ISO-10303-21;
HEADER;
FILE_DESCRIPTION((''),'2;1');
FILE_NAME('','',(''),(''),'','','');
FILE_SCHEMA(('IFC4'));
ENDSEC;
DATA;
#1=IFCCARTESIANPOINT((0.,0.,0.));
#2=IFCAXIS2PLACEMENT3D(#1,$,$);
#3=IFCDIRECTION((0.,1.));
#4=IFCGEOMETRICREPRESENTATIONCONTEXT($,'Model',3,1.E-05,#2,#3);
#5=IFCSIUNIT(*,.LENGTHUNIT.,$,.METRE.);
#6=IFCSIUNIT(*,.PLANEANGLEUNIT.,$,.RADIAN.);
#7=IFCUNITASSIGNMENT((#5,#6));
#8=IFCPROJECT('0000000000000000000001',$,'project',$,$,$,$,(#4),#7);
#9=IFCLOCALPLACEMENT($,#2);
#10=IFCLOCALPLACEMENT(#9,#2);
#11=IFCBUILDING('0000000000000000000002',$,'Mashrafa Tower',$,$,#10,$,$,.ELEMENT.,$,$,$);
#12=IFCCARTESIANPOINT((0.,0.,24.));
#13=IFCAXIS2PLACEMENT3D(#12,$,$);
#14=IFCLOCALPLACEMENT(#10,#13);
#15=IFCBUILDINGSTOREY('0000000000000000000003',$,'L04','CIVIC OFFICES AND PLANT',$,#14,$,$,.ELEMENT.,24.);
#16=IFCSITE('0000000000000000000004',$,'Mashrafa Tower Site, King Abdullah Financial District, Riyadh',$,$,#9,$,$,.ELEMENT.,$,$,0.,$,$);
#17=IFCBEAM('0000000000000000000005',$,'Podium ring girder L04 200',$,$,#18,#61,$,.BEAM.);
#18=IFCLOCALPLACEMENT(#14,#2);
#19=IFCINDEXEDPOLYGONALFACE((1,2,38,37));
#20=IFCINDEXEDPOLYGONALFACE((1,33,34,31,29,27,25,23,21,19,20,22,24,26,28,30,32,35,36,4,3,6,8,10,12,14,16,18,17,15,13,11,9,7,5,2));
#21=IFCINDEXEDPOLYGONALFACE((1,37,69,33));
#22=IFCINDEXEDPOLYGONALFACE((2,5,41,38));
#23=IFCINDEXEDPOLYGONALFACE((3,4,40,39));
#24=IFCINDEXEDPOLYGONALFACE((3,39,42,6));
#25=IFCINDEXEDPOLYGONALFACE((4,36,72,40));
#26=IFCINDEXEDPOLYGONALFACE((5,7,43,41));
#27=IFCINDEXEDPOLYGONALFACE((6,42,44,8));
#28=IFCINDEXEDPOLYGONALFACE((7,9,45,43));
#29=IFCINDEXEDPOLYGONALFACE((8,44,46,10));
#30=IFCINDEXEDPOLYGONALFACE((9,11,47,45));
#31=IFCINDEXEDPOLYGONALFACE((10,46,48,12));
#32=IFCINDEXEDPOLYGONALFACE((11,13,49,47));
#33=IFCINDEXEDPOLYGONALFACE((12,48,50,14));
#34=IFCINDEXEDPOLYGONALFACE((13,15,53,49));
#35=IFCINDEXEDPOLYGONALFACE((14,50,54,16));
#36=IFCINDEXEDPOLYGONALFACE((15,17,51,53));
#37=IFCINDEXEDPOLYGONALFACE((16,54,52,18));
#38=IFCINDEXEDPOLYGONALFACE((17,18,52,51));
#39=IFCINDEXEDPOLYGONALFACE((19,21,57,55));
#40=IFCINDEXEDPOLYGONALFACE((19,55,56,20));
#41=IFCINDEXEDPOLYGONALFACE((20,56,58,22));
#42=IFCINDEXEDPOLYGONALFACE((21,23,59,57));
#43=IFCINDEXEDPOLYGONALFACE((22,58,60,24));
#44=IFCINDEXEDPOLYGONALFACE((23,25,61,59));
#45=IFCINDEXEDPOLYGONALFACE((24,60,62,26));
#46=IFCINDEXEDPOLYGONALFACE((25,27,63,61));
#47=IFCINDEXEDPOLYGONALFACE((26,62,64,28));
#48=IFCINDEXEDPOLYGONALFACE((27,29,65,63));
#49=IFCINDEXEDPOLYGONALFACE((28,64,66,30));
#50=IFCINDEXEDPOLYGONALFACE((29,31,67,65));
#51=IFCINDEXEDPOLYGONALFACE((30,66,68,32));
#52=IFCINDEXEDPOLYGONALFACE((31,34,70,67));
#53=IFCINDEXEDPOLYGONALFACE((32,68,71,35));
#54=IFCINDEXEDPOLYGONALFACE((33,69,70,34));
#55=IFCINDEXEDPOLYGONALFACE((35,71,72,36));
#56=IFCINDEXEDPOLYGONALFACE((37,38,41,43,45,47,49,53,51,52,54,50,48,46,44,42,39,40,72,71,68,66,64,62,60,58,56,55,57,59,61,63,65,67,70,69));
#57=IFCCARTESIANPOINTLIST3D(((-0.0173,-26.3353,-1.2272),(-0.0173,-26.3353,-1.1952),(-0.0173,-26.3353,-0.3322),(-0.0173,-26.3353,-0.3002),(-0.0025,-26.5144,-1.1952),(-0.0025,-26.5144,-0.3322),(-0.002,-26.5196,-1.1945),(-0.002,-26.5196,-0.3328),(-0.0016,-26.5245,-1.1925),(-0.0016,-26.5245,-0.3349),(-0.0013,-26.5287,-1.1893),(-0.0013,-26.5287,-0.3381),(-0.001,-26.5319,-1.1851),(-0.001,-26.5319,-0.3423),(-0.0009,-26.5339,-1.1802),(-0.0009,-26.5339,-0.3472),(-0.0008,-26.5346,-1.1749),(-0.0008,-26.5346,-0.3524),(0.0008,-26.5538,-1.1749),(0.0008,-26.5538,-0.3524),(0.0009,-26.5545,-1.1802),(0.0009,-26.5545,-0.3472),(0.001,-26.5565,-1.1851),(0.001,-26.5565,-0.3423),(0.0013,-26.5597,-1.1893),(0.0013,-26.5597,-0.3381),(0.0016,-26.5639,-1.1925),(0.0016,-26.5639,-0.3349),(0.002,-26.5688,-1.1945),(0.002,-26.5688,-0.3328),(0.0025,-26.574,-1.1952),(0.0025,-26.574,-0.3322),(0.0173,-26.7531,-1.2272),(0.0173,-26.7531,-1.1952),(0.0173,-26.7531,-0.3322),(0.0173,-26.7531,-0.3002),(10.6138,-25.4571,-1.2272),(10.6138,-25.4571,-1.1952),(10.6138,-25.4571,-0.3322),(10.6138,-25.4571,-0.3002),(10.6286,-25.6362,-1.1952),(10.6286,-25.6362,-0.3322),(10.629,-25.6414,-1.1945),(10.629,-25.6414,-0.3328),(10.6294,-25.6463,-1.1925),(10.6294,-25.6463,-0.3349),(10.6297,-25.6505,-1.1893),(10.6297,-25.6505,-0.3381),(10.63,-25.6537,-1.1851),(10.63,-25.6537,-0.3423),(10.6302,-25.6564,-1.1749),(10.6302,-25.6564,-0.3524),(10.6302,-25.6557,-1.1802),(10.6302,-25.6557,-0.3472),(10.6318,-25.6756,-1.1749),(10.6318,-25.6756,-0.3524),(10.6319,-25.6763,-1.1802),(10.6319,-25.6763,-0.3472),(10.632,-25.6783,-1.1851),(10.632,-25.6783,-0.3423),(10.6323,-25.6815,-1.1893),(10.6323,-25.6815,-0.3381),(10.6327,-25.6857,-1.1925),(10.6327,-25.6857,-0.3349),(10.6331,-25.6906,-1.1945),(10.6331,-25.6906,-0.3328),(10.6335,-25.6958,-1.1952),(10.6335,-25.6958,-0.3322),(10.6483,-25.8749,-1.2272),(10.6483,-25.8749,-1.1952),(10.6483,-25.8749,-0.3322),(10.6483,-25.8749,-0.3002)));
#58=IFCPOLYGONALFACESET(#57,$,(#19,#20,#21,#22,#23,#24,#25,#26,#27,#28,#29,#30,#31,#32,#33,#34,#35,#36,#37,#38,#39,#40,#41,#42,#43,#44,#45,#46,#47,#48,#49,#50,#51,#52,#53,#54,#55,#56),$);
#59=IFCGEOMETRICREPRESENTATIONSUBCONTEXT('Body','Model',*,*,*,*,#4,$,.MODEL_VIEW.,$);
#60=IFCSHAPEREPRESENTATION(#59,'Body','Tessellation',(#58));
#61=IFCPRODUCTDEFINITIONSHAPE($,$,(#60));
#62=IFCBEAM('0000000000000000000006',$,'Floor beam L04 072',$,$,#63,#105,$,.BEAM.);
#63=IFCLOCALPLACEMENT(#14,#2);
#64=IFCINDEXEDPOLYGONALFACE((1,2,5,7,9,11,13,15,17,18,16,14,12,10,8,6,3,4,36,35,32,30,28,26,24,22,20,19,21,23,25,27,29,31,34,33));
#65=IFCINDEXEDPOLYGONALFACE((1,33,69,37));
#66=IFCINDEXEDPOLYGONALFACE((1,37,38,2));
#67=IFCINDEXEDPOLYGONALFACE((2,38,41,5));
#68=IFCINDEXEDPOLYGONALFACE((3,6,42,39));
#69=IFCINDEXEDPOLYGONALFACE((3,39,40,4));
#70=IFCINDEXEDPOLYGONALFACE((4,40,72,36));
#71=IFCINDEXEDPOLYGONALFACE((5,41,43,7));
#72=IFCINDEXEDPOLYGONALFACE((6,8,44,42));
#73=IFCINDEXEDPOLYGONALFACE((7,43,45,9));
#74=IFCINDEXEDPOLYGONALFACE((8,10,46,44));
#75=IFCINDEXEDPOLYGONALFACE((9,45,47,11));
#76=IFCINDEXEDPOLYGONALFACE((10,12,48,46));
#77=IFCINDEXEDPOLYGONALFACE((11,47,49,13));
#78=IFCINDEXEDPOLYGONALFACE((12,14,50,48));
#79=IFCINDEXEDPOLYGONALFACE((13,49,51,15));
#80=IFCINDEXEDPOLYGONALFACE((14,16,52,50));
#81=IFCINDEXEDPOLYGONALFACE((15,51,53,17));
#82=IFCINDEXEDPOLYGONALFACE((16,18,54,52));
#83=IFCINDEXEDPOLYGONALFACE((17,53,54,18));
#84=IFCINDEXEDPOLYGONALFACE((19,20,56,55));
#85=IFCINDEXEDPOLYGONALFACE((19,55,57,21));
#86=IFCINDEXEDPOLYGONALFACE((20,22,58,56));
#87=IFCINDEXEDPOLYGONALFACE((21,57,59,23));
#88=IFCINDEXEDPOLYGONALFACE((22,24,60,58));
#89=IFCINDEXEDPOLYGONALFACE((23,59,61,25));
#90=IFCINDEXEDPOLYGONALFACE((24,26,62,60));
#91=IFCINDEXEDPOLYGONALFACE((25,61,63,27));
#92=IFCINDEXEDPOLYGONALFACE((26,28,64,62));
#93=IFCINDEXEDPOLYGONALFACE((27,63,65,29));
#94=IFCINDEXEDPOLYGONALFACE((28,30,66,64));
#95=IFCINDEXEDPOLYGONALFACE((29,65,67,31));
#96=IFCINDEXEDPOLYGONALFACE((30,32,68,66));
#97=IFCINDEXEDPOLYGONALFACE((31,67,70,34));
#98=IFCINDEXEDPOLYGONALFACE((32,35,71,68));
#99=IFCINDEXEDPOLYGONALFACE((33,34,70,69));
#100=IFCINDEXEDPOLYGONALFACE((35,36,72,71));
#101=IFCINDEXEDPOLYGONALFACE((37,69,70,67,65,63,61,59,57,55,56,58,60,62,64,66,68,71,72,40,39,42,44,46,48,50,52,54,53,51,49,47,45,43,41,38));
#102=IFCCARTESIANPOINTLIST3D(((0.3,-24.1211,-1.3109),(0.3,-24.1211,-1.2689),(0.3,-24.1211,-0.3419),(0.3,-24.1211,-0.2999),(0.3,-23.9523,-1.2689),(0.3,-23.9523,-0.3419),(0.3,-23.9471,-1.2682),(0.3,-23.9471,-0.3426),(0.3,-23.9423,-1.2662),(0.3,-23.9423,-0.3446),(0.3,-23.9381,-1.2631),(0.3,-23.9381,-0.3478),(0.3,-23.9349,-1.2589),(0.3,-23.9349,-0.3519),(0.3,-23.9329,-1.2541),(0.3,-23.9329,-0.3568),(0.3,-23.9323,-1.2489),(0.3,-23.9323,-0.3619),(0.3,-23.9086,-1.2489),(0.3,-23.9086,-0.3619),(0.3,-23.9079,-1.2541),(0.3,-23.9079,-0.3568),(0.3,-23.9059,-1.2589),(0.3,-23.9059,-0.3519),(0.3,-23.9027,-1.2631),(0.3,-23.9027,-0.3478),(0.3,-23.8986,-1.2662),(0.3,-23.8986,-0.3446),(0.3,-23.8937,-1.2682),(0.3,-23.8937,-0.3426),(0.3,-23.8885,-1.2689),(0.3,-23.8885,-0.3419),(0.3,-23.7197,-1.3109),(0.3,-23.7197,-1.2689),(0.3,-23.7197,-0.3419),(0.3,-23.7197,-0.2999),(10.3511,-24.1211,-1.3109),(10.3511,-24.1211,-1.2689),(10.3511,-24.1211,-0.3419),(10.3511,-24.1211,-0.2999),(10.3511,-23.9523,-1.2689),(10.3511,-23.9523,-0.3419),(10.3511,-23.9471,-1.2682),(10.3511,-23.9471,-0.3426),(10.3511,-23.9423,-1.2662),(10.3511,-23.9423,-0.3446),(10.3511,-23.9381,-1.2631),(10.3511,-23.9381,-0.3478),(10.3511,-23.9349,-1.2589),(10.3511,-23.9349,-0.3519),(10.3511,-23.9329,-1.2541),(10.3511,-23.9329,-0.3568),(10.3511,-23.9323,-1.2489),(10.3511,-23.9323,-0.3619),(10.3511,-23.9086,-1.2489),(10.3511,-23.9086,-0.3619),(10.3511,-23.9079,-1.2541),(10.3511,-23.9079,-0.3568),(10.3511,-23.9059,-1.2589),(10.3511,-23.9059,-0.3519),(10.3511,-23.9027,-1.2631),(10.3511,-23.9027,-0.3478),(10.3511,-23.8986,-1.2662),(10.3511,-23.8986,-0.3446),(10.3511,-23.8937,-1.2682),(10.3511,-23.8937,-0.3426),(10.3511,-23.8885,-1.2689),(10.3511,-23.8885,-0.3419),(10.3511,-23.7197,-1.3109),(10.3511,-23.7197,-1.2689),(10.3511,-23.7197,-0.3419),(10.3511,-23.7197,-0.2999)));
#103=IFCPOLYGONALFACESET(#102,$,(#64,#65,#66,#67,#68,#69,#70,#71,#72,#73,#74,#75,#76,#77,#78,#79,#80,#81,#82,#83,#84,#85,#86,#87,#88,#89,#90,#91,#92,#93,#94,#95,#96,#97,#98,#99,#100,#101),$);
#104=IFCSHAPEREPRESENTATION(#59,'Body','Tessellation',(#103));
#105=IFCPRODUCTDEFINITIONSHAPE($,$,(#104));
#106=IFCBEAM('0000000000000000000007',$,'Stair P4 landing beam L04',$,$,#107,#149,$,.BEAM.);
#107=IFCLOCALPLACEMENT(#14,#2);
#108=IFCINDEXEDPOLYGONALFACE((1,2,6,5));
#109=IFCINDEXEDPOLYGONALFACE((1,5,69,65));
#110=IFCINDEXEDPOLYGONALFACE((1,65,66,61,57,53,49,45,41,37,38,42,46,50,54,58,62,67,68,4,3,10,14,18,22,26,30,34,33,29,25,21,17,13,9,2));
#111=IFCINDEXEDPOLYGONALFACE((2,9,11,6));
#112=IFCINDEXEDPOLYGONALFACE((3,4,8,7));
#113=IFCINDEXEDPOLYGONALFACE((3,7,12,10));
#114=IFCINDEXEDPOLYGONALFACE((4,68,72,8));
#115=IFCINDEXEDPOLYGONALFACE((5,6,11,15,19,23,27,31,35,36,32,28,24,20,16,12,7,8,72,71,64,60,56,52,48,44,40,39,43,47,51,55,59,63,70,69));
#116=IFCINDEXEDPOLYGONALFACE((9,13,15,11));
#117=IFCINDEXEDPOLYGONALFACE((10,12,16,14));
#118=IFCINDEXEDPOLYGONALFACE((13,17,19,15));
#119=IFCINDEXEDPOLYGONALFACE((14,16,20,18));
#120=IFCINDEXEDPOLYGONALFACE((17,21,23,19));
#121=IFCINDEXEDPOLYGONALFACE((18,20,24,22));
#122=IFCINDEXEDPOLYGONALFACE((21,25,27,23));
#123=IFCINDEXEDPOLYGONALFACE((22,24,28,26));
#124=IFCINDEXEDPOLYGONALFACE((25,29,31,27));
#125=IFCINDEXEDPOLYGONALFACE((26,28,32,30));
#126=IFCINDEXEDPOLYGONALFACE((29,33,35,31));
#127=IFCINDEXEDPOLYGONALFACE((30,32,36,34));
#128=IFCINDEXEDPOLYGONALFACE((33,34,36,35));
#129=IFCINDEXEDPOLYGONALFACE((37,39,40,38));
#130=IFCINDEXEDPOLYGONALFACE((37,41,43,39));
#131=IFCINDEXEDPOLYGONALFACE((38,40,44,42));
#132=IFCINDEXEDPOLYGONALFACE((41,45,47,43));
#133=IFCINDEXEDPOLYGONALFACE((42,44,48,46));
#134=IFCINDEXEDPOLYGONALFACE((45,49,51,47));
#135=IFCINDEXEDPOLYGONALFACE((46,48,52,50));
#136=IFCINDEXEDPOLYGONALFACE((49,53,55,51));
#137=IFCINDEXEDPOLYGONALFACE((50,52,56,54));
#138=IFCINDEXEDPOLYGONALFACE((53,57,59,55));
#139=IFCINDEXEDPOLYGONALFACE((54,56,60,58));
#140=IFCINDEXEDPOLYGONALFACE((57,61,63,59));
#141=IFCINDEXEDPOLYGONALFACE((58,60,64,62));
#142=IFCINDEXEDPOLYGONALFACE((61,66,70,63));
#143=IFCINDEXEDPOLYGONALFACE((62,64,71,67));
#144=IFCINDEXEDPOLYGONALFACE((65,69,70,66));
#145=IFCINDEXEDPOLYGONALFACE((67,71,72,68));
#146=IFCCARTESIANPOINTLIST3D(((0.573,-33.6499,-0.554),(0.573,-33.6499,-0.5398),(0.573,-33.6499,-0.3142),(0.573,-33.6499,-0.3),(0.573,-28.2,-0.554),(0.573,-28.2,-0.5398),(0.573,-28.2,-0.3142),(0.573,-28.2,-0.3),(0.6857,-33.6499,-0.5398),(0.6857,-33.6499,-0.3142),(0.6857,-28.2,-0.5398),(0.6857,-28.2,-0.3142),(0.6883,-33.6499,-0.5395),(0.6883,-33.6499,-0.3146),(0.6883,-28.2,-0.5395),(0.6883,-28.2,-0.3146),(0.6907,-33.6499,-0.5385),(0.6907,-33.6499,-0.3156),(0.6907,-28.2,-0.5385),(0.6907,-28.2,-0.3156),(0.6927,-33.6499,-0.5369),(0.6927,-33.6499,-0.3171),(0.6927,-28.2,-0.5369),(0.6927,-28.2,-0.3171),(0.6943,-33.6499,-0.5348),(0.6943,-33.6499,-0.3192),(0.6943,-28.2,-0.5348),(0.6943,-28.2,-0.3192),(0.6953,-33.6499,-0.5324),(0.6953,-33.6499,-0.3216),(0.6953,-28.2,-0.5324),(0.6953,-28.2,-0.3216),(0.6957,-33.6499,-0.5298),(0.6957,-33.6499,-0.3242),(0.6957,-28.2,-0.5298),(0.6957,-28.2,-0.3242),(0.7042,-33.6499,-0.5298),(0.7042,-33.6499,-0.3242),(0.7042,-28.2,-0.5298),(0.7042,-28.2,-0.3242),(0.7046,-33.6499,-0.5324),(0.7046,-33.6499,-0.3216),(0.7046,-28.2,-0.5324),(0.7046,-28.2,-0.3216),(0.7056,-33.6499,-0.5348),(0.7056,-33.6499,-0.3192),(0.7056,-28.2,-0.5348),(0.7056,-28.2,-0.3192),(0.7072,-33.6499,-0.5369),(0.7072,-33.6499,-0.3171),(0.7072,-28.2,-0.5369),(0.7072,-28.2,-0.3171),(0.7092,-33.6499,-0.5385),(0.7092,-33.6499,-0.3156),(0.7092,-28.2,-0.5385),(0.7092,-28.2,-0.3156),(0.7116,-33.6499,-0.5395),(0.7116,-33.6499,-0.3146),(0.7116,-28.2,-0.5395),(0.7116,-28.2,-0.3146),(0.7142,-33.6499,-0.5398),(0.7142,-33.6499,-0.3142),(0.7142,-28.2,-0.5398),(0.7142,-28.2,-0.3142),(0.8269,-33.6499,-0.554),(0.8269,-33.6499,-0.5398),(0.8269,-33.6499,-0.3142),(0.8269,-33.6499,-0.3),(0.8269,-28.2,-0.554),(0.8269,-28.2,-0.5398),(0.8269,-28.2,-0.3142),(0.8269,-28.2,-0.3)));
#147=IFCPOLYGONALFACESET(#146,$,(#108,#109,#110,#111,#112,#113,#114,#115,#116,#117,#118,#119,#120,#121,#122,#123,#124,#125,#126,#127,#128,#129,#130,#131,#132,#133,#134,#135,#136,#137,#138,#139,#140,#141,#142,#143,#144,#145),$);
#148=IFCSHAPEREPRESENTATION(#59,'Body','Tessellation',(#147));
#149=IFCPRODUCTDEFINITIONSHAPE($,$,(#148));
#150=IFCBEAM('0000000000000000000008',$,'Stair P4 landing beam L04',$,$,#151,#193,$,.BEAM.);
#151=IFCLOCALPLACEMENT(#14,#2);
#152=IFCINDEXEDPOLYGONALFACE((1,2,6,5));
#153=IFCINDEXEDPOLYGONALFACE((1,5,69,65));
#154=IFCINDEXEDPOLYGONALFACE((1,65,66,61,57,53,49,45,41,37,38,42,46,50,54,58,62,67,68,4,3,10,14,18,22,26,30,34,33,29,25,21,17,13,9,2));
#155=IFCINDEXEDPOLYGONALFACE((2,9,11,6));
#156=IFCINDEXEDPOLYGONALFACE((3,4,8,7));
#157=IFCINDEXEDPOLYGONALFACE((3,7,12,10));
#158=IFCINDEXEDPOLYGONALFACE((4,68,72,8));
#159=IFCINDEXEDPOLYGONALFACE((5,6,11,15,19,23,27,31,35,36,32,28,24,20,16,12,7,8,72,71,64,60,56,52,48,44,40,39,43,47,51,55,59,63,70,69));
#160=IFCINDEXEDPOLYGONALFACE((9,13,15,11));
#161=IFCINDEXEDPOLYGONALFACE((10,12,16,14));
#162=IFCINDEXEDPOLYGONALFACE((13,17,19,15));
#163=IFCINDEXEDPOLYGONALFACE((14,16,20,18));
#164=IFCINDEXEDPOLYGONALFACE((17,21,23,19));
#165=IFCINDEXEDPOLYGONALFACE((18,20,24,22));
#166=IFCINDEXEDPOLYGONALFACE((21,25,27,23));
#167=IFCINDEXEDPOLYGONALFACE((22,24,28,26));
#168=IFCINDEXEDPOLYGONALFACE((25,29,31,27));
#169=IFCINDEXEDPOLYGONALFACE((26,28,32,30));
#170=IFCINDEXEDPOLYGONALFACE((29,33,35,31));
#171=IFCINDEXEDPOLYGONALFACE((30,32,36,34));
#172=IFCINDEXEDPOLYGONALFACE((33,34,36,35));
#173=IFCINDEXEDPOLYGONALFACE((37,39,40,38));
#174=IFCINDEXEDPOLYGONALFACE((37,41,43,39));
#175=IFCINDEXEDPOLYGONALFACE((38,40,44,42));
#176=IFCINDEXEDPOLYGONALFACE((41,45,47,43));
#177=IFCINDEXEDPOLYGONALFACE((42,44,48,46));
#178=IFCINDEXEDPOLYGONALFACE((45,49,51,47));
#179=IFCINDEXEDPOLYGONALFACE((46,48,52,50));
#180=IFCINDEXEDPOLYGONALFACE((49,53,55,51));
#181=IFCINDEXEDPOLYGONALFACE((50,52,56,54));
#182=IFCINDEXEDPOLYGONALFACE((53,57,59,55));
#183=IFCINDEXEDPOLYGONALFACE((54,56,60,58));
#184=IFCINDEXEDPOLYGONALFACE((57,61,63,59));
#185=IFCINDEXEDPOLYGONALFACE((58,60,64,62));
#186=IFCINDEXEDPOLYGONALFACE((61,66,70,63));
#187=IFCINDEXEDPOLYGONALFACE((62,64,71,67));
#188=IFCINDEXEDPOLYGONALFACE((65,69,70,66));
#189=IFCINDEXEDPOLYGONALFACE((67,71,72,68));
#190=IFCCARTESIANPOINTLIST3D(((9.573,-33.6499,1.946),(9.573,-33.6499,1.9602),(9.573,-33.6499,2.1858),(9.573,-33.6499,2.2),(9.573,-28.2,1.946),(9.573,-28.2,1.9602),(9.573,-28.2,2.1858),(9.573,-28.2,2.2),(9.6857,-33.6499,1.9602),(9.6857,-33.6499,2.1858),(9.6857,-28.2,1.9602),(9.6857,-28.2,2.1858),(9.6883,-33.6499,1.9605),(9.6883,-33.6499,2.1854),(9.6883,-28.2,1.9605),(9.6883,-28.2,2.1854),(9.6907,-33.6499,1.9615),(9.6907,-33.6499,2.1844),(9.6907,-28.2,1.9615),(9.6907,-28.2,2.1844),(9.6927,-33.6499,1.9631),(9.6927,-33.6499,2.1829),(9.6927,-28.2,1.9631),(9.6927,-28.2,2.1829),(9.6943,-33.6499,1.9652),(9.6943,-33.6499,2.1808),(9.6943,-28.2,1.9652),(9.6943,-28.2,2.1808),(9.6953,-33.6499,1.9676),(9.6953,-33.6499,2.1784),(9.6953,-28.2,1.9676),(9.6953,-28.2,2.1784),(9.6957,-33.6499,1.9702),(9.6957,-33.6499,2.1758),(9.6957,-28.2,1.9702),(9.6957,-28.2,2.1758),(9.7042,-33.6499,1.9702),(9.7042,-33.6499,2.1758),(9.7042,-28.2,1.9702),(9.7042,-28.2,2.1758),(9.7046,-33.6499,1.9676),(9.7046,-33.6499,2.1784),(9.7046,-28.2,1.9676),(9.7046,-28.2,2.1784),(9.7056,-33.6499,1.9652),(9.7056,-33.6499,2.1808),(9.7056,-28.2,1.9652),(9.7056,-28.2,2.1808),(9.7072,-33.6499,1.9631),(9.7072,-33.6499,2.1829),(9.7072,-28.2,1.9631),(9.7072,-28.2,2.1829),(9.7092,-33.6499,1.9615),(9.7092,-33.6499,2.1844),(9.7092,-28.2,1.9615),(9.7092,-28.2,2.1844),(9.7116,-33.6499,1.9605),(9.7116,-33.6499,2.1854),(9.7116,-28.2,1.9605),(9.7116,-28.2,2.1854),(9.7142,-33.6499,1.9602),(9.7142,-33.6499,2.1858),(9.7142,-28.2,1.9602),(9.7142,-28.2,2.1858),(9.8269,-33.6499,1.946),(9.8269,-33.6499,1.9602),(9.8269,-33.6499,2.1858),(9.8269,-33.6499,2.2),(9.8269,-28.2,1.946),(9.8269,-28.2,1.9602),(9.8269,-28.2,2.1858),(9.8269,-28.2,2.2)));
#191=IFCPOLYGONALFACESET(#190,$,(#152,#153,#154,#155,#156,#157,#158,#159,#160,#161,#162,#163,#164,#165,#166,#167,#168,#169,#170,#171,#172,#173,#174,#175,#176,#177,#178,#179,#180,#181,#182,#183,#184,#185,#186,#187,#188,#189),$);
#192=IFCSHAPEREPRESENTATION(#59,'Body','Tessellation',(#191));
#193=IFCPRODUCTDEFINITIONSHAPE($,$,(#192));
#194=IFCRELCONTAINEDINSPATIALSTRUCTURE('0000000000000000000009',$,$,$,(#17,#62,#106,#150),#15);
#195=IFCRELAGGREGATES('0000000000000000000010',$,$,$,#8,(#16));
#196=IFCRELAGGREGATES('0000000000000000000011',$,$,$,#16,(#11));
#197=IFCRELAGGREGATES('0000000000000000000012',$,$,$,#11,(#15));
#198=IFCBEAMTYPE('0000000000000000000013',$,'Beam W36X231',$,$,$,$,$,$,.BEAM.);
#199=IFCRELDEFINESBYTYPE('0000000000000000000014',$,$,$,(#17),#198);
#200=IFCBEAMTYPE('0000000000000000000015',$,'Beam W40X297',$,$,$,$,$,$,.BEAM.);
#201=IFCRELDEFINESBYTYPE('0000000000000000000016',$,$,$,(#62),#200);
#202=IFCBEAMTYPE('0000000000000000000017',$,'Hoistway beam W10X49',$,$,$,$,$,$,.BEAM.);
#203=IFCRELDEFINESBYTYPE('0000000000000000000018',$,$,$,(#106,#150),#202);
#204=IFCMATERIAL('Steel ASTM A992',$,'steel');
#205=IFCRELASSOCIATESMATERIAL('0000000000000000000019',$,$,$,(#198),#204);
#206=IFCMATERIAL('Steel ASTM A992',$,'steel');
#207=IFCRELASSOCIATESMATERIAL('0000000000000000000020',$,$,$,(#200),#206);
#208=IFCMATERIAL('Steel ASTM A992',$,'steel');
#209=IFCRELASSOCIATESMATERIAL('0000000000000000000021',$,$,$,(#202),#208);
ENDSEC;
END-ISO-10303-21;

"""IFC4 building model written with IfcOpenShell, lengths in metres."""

from ifc_helpers import new_model, si_unit, direction, frame, origin, origin_2d, place, context, subcontext, project, spatial, i_section, extrude, material, material_profile, profile_set, type_object, element, save


model = new_model("IFC4")

# Units and contexts
model_context = context("Model", 3, precision=1e-05, world=origin(), true_north=direction((0.0, 1.0)))
body_context = subcontext(model_context, "Body", "Model", "MODEL_VIEW")
ifc_project = project(units=[si_unit("LENGTHUNIT", "METRE"), si_unit("PLANEANGLEUNIT", "RADIAN")], contexts=[model_context])

# Site, building, storey
site_placement = place(None, origin())
site = spatial("IfcSite", under=ifc_project, at=site_placement, Name="Mashrafa Tower Site, King Abdullah Financial District, Riyadh", CompositionType="ELEMENT", RefElevation=0.0)
building_placement = place(site_placement, origin())
building = spatial("IfcBuilding", under=site, at=building_placement, Name="Mashrafa Tower", CompositionType="ELEMENT")
storey_placement = place(building_placement, frame((0.0, 0.0, 24.0)))
storey = spatial("IfcBuildingStorey", under=building, at=storey_placement, Name="L04", Description="CIVIC OFFICES AND PLANT", CompositionType="ELEMENT", Elevation=24.0)

# Beams
ifc_material_1 = material(Name="Steel ASTM A992", Category="steel")
ifc_material_profile_1 = material_profile(ifc_material_1, i_section(OverallWidth=0.4192, OverallDepth=0.927, WebThickness=0.0193, FlangeThickness=0.032, FilletRadius=0.0203, at=origin_2d()), Name="W36X231")
ifc_profile_set_1 = profile_set([ifc_material_profile_1], Name="Steel ASTM A992")
beam_type_1 = type_object("IfcBeamType", Name="Beam W36X231", PredefinedType="BEAM", material=ifc_profile_set_1)
beam_1_placement = place(storey_placement, frame((0.0, -26.5442, -0.7637), z_axis=(0.996606, 0.082324, 0.0), x_axis=(-0.082324, 0.996606, 0.0)))
element("IfcBeam", 1, at=beam_1_placement, inside=storey, type_object=beam_type_1, Name="Podium ring girder L04 200", PredefinedType="BEAM", context=body_context, shape_type="SweptSolid", body=[
    extrude(i_section(OverallWidth=0.4192, OverallDepth=0.927, WebThickness=0.0193, FlangeThickness=0.032, FilletRadius=0.0203, at=origin_2d()), origin(), (0.0, 0.0, 1.0), 10.6672),
])
ifc_material_2 = material(Name="Steel ASTM A992", Category="steel")
ifc_material_profile_2 = material_profile(ifc_material_2, i_section(OverallWidth=0.4014, OverallDepth=1.011, WebThickness=0.0237, FlangeThickness=0.042, FilletRadius=0.02, at=origin_2d()), Name="W40X297")
ifc_profile_set_2 = profile_set([ifc_material_profile_2], Name="Steel ASTM A992")
beam_type_2 = type_object("IfcBeamType", Name="Beam W40X297", PredefinedType="BEAM", material=ifc_profile_set_2)
beam_2_placement = place(storey_placement, frame((10.3511, -23.9204, -0.8054), z_axis=(-1.0, 0.0, 0.0), x_axis=(0.0, -1.0, 0.0)))
element("IfcBeam", 2, at=beam_2_placement, inside=storey, type_object=beam_type_2, Name="Floor beam L04 072", PredefinedType="BEAM", context=body_context, shape_type="SweptSolid", body=[
    extrude(i_section(OverallWidth=0.4014, OverallDepth=1.011, WebThickness=0.0237, FlangeThickness=0.042, FilletRadius=0.02, at=origin_2d()), origin(), (0.0, 0.0, 1.0), 10.051),
])
ifc_material_3 = material(Name="Steel ASTM A992", Category="steel")
ifc_material_profile_3 = material_profile(ifc_material_3, i_section(OverallWidth=0.2539, OverallDepth=0.2539, WebThickness=0.0085, FlangeThickness=0.0142, FilletRadius=0.01, at=origin_2d()), Name="W10X49")
ifc_profile_set_3 = profile_set([ifc_material_profile_3], Name="Steel ASTM A992")
beam_type_3 = type_object("IfcBeamType", Name="Hoistway beam W10X49", PredefinedType="BEAM", material=ifc_profile_set_3)
for number, where, z_axis, x_axis, name in (
    (3, (0.7, -33.6499, -0.427), (0.0, 1.0, 0.0), (-1.0, 0.0, 0.0), "Stair P4 landing beam L04"),
    (4, (9.7, -33.6499, 2.073), (0.0, 1.0, 0.0), (-1.0, 0.0, 0.0), "Stair P4 landing beam L04"),
):
    element("IfcBeam", number, at=place(storey_placement, frame(where, z_axis=z_axis, x_axis=x_axis)), inside=storey, type_object=beam_type_3, Name=name, PredefinedType="BEAM", context=body_context, shape_type="SweptSolid", body=[
        extrude(i_section(OverallWidth=0.2539, OverallDepth=0.2539, WebThickness=0.0085, FlangeThickness=0.0142, FilletRadius=0.01, at=origin_2d()), origin(), (0.0, 0.0, 1.0), 5.45),
    ])

save(model, "model.ifc")
